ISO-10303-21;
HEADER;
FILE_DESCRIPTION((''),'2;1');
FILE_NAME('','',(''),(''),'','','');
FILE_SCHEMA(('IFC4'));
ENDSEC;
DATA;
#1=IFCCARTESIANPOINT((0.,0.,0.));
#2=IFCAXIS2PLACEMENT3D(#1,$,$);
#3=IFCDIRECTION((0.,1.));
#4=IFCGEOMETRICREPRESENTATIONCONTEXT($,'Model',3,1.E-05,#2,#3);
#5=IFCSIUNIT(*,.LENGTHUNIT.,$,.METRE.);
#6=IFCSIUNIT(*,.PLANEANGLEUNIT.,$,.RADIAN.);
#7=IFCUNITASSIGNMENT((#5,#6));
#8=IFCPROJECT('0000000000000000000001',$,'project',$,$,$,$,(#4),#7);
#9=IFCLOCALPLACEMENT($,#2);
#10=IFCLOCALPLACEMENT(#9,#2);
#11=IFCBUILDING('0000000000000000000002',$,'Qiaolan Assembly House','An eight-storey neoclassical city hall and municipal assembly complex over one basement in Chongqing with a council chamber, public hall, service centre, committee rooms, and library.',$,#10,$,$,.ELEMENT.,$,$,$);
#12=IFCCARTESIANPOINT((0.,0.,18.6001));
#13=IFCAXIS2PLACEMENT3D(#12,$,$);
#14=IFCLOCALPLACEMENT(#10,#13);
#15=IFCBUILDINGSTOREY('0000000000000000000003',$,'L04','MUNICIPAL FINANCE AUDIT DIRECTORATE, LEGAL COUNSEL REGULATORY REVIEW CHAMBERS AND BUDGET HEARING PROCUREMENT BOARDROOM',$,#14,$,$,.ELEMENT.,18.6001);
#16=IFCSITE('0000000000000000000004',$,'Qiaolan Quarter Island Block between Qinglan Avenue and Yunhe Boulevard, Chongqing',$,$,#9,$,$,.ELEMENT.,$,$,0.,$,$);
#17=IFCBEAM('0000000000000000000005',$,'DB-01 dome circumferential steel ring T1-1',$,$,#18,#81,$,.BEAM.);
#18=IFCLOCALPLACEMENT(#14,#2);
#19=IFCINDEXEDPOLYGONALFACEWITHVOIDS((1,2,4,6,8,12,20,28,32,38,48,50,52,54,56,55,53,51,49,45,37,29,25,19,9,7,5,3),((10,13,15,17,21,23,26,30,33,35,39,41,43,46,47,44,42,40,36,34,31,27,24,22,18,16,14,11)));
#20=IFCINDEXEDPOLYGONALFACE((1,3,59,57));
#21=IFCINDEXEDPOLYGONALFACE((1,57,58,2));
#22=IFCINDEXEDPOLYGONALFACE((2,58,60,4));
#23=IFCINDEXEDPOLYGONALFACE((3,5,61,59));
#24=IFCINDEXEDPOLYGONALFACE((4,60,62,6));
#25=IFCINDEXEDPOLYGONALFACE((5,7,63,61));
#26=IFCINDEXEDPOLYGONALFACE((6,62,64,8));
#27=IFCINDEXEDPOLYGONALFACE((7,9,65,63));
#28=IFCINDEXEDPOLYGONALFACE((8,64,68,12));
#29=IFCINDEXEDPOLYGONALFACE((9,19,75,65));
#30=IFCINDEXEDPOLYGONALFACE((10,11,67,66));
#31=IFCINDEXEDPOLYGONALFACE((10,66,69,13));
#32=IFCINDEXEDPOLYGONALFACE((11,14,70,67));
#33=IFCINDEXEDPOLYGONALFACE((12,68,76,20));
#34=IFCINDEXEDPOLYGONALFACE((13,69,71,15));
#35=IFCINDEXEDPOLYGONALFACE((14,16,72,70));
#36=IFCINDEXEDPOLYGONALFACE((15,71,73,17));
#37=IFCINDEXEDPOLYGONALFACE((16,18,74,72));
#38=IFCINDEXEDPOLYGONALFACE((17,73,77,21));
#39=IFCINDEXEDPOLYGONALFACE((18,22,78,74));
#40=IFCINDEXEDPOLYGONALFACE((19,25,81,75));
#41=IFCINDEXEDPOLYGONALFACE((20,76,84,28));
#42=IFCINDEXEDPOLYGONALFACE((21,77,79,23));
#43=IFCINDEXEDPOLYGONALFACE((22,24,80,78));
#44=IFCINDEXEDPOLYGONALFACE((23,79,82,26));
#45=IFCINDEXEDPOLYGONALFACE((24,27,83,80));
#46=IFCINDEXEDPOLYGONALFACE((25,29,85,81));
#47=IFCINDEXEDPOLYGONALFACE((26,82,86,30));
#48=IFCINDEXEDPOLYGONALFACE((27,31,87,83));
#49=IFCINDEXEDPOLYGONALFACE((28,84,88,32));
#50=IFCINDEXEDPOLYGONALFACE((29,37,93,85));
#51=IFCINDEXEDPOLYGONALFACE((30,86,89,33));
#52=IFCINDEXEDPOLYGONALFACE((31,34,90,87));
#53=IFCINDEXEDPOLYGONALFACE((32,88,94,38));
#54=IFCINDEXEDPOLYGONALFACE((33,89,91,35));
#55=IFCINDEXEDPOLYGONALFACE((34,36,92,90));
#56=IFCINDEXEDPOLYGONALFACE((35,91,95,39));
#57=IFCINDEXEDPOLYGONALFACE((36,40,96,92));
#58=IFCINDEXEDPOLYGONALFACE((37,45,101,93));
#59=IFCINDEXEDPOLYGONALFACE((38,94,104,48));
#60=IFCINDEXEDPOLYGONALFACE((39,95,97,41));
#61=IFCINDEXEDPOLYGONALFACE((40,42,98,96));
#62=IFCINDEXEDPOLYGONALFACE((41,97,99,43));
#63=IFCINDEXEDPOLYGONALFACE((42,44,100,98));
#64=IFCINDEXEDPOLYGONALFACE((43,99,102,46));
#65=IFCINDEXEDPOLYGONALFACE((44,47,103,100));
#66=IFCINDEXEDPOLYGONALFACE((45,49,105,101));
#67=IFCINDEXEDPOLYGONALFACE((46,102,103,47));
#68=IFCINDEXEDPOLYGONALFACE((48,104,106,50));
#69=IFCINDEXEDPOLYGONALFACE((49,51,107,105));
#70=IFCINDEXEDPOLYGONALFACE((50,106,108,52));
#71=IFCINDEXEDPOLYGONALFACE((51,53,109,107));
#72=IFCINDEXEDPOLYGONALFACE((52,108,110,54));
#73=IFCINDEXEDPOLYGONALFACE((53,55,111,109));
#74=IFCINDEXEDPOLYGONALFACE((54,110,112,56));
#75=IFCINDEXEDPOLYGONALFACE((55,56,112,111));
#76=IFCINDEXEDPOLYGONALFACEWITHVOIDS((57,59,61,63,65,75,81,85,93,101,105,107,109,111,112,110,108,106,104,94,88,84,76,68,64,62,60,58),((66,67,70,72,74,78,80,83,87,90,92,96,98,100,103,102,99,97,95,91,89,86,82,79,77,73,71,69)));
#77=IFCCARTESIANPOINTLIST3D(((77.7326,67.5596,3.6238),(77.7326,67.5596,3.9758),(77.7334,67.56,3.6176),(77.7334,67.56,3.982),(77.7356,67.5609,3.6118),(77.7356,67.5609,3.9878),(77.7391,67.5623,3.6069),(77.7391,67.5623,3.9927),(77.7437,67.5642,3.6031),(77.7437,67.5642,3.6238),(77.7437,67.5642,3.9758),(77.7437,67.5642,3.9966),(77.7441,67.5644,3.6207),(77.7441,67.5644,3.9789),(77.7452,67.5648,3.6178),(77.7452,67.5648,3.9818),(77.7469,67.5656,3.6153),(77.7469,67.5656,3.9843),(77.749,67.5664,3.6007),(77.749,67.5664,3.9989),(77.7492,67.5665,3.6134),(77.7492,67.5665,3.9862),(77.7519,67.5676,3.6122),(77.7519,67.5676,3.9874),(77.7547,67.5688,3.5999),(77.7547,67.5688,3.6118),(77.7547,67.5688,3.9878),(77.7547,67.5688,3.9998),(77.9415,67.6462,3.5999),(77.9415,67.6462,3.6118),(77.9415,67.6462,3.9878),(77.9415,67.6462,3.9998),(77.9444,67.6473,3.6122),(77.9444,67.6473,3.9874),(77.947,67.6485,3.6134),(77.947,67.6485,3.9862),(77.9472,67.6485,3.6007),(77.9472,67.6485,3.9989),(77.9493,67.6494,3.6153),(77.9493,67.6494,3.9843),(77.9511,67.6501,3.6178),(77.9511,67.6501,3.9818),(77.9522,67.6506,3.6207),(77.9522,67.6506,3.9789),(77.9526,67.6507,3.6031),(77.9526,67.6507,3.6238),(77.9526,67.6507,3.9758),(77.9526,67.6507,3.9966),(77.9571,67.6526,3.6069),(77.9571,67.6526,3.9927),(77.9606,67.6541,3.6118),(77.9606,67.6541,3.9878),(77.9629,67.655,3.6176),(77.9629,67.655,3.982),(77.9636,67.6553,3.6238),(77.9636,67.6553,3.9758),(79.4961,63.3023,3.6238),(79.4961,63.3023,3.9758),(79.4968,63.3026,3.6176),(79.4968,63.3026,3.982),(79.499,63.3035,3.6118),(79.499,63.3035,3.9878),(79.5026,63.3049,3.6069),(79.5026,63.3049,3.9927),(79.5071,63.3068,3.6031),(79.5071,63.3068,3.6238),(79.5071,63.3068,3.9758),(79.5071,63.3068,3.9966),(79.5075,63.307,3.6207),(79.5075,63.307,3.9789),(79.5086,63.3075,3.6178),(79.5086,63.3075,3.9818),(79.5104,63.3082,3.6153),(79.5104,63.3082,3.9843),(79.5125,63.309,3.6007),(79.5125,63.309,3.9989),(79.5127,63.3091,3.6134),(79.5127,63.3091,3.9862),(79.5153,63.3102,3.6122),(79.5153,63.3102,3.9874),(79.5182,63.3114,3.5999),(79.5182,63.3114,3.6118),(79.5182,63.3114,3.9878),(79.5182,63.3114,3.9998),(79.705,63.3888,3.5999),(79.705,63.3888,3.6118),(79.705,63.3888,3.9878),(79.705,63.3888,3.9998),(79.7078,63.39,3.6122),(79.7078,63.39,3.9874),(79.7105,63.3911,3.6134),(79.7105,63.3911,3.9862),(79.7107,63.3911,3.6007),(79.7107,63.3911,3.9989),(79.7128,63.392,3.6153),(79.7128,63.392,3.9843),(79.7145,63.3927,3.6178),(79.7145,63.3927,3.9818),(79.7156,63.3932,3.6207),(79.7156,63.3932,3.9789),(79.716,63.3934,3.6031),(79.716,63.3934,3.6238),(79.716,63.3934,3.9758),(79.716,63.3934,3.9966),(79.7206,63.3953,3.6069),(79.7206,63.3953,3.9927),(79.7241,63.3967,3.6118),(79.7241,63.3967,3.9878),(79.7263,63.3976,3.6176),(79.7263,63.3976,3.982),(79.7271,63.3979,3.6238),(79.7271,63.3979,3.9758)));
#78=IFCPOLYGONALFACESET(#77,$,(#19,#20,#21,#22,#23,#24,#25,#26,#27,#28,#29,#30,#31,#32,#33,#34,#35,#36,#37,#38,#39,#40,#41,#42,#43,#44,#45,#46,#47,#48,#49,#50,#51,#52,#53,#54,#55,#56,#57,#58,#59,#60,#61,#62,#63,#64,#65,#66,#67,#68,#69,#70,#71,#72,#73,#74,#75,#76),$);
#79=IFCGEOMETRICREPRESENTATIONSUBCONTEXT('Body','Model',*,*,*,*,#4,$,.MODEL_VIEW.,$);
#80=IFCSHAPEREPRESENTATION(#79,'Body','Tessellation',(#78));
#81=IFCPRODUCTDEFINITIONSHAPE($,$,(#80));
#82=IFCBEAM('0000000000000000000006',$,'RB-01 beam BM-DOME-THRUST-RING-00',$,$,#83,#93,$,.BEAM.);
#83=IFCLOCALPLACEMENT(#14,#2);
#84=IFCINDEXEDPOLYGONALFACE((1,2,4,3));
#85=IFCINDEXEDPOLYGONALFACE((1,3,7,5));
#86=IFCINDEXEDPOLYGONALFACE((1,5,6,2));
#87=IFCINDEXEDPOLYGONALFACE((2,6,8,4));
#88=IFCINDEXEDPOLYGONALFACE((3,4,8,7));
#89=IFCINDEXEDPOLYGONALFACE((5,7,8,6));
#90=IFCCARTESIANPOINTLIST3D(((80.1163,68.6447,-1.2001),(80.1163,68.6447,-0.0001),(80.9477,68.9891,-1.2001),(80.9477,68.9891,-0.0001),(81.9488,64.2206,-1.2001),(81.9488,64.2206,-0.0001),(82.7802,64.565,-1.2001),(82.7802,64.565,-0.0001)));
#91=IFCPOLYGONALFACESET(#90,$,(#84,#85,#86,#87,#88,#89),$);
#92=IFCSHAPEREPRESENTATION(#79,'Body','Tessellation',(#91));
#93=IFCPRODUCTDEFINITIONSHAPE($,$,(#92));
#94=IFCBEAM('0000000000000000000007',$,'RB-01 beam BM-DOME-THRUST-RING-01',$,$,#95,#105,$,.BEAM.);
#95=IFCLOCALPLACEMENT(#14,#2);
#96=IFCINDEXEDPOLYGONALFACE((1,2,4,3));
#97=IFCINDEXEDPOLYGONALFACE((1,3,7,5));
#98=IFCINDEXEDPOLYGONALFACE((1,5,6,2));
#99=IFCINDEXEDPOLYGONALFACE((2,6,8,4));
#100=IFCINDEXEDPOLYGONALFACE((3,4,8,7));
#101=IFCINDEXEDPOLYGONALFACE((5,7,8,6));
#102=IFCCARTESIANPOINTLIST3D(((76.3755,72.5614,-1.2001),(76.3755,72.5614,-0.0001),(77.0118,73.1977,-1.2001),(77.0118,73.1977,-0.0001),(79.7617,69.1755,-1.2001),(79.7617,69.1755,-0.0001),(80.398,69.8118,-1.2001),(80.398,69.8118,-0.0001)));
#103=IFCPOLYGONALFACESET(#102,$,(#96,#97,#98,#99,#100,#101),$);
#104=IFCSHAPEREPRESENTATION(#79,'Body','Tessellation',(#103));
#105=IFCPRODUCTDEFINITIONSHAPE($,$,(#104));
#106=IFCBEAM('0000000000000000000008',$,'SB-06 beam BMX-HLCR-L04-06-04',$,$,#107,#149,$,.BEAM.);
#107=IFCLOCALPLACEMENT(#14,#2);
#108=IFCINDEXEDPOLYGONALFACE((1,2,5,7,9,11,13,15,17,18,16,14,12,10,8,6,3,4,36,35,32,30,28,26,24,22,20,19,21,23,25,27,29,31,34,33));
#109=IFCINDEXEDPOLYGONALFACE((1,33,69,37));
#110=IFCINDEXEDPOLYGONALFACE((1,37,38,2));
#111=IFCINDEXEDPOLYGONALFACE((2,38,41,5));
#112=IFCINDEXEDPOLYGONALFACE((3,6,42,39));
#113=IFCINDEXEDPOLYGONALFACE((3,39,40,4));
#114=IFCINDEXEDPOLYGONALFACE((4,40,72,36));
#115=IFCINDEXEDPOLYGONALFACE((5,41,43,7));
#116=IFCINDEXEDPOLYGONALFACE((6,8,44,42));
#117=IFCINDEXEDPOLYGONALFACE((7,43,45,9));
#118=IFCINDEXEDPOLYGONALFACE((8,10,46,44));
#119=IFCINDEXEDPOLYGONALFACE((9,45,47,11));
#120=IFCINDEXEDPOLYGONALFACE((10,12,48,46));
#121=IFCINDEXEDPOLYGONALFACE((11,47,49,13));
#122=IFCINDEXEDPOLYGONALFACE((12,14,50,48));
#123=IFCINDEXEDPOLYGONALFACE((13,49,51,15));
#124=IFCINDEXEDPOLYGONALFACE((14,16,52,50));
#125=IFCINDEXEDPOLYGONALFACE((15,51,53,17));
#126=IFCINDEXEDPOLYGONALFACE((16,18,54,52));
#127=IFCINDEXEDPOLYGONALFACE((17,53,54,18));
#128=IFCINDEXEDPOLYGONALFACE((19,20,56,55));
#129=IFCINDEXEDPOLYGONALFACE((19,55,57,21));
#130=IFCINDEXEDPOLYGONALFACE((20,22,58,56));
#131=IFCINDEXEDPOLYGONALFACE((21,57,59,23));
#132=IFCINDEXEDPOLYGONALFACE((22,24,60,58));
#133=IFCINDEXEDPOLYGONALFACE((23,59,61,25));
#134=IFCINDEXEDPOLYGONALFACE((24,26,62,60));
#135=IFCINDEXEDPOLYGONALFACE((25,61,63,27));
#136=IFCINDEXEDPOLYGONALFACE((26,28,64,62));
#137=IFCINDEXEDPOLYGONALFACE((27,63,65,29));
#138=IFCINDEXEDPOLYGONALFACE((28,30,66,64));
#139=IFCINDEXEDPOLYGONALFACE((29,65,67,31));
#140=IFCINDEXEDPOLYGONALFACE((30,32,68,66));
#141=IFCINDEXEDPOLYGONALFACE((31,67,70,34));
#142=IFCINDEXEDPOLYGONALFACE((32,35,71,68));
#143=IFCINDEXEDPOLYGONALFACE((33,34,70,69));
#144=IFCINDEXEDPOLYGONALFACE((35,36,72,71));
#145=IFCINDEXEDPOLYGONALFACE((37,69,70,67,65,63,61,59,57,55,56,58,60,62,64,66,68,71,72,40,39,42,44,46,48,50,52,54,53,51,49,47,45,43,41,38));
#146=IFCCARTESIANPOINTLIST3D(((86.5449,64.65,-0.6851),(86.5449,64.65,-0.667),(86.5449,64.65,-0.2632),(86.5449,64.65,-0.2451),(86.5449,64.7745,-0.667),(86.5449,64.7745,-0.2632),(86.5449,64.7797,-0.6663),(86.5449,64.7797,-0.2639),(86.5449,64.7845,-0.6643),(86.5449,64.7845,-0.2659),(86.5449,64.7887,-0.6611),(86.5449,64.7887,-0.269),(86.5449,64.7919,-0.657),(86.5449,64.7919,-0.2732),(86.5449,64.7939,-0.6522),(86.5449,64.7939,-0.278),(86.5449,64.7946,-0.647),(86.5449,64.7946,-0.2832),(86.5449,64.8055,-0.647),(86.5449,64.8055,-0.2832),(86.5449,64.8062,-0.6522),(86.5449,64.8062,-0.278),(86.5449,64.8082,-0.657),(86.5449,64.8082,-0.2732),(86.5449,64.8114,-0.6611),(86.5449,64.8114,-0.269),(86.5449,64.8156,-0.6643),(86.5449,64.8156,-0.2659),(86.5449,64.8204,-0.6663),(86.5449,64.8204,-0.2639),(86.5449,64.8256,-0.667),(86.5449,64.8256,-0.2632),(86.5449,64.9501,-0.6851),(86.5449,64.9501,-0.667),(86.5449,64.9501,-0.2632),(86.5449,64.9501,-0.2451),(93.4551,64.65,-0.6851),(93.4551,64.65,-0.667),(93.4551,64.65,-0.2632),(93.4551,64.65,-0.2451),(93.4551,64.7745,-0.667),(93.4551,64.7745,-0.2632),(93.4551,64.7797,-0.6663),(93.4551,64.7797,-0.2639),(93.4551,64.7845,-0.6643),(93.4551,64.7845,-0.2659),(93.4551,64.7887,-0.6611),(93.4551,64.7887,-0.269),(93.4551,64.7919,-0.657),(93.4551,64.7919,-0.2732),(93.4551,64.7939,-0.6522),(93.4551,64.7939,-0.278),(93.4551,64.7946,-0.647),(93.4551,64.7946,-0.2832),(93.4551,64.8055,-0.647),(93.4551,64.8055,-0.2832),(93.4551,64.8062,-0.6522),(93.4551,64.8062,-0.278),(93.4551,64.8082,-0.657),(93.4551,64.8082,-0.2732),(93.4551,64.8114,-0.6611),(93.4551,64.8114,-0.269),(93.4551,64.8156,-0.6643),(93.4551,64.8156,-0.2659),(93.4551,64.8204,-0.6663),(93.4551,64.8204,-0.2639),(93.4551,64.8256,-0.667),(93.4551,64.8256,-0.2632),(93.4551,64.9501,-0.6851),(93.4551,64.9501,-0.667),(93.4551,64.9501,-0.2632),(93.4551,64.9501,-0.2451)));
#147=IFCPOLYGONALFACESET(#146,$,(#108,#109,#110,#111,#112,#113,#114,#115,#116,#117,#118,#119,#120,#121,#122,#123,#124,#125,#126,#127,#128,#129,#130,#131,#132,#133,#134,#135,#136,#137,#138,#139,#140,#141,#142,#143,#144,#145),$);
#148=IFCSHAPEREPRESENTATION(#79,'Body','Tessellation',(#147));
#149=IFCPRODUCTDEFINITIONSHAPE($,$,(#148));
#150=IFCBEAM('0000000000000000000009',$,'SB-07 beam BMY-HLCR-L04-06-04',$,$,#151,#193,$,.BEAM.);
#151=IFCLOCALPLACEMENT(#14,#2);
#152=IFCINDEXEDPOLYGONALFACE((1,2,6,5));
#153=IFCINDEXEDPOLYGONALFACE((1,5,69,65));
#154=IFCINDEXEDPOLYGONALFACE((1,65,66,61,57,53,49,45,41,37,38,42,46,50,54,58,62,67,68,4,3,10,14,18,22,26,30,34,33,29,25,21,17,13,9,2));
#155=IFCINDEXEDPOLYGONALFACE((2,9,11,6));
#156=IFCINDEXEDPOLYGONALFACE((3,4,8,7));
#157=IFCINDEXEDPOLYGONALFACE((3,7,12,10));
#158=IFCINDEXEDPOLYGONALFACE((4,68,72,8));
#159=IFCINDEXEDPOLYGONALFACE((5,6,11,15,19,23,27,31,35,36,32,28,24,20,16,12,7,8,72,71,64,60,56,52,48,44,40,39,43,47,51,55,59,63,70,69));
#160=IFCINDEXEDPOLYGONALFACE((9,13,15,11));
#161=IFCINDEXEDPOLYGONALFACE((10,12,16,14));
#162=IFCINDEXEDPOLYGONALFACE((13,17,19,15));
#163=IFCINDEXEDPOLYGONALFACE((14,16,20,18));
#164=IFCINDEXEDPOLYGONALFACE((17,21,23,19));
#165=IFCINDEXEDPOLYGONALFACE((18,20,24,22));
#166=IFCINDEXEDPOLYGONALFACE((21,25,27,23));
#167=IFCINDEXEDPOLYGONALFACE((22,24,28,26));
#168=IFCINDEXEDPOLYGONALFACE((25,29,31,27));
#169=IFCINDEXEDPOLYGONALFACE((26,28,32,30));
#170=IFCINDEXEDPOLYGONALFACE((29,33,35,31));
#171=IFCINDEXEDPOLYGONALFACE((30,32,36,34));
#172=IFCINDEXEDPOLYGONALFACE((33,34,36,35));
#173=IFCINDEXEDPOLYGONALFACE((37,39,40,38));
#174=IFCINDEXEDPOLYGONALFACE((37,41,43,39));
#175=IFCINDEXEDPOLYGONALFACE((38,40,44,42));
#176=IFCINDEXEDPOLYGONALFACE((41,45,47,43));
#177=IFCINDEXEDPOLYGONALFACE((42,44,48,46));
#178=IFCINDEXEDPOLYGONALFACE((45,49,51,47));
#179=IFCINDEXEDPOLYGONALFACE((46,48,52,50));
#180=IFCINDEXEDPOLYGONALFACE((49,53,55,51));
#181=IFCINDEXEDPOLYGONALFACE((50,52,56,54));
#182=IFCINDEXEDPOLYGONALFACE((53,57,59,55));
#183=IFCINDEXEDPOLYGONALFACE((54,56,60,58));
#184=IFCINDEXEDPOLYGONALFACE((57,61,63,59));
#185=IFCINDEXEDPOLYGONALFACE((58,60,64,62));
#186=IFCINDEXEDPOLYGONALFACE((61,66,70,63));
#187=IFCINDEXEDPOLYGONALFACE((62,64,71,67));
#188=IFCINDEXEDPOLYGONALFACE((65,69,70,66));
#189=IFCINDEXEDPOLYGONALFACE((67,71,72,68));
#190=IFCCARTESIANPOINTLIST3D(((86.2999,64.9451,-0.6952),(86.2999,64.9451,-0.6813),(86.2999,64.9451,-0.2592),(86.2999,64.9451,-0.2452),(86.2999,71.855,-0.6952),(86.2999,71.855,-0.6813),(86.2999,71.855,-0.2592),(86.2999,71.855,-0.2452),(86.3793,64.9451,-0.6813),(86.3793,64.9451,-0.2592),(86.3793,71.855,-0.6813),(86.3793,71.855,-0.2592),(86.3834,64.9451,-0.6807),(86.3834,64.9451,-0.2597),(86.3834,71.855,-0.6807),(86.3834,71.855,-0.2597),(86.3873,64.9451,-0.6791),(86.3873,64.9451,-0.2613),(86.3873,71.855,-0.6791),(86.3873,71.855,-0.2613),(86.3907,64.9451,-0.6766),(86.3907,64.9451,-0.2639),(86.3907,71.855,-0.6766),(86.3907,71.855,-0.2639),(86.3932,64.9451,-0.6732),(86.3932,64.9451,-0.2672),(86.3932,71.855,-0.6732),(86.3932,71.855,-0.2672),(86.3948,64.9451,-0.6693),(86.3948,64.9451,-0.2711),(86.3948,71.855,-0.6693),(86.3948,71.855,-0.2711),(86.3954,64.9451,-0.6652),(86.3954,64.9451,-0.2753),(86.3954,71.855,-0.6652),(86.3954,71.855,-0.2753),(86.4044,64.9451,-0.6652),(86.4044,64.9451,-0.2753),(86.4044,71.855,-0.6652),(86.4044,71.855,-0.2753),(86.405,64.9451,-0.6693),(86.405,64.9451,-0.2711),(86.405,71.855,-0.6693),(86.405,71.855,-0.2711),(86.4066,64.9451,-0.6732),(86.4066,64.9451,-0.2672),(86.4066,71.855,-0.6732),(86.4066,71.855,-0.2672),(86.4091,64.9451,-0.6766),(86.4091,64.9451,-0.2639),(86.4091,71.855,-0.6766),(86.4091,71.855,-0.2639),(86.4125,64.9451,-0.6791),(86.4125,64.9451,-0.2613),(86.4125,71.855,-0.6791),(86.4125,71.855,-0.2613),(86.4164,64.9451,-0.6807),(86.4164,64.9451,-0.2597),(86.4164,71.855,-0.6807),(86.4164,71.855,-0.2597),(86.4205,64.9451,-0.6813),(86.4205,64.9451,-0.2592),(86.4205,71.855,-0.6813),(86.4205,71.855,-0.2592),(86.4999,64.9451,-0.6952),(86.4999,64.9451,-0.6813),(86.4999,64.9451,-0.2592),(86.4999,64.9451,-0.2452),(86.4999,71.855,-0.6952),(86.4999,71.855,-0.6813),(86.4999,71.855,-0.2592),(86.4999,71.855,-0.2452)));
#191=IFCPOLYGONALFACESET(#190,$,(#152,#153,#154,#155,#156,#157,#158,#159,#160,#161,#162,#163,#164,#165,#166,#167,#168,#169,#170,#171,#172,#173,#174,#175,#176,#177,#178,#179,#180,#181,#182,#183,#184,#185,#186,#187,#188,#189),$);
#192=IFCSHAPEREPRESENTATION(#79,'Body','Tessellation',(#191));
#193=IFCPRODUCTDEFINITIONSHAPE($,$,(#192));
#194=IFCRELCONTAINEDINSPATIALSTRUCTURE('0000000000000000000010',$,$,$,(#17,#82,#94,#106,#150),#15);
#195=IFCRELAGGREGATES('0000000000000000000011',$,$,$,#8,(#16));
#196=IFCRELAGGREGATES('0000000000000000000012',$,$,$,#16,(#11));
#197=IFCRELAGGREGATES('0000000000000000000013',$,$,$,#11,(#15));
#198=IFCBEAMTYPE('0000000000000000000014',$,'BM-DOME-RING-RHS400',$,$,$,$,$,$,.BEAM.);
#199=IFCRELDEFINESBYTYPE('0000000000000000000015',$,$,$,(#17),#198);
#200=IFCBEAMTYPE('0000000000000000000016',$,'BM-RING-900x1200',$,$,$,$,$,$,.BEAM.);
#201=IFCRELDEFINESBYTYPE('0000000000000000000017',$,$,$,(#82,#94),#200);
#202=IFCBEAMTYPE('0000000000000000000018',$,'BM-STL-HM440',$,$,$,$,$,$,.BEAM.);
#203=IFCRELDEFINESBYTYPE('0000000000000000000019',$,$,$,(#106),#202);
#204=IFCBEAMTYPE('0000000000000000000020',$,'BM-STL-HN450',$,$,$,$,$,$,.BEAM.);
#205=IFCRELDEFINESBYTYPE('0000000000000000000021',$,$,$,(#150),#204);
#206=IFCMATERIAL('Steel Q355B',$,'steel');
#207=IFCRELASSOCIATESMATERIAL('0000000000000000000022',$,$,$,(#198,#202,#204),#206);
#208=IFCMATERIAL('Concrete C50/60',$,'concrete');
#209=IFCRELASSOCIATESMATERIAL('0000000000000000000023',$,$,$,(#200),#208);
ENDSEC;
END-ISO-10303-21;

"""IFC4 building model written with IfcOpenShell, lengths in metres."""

from ifc_helpers import new_model, si_unit, direction, frame, origin, origin_2d, place, context, subcontext, project, spatial, rectangle, hollow_rectangle, i_section, extrude, material, material_profile, profile_set, type_object, element, save


model = new_model("IFC4")

# Units and contexts
model_context = context("Model", 3, precision=1e-05, world=origin(), true_north=direction((0.0, 1.0)))
body_context = subcontext(model_context, "Body", "Model", "MODEL_VIEW")
ifc_project = project(units=[si_unit("LENGTHUNIT", "METRE"), si_unit("PLANEANGLEUNIT", "RADIAN")], contexts=[model_context])

# Site, building, storey
site_placement = place(None, origin())
site = spatial("IfcSite", under=ifc_project, at=site_placement, Name="Qiaolan Quarter Island Block between Qinglan Avenue and Yunhe Boulevard, Chongqing", CompositionType="ELEMENT", RefElevation=0.0)
building_placement = place(site_placement, origin())
building = spatial("IfcBuilding", under=site, at=building_placement, Name="Qiaolan Assembly House", Description="An eight-storey neoclassical city hall and municipal assembly complex over one basement in Chongqing with a council chamber, public hall, service centre, committee rooms, and library.", CompositionType="ELEMENT")
storey_placement = place(building_placement, frame((0.0, 0.0, 18.6001)))
storey = spatial("IfcBuildingStorey", under=building, at=storey_placement, Name="L04", Description="MUNICIPAL FINANCE AUDIT DIRECTORATE, LEGAL COUNSEL REGULATORY REVIEW CHAMBERS AND BUDGET HEARING PROCUREMENT BOARDROOM", CompositionType="ELEMENT", Elevation=18.6001)

# Beams
ifc_material_1 = material(Name="Steel Q355B", Category="steel")
ifc_material_profile_1 = material_profile(ifc_material_1, hollow_rectangle(XDim=0.25, YDim=0.3999, WallThickness=0.012, InnerFilletRadius=0.012, OuterFilletRadius=0.0239, at=origin_2d()), Name="RHS 400x250x12")
ifc_profile_set_1 = profile_set([ifc_material_profile_1], Name="Steel Q355B")
beam_type_1 = type_object("IfcBeamType", Name="BM-DOME-RING-RHS400", PredefinedType="BEAM", material=ifc_profile_set_1)
beam_1_placement = place(storey_placement, frame((79.6116, 63.3501, 3.7998), z_axis=(-0.382681, 0.923881, 0.0), x_axis=(-0.923881, -0.382681, 0.0)))
element("IfcBeam", 1, at=beam_1_placement, inside=storey, type_object=beam_type_1, Name="DB-01 dome circumferential steel ring T1-1", PredefinedType="BEAM", context=body_context, shape_type="SweptSolid", body=[
    extrude(hollow_rectangle(XDim=0.25, YDim=0.3999, WallThickness=0.012, InnerFilletRadius=0.012, OuterFilletRadius=0.0239, at=origin_2d()), origin(), (0.0, 0.0, 1.0), 4.6082),
])
ifc_material_2 = material(Name="Concrete C50/60", Category="concrete")
ifc_material_profile_2 = material_profile(ifc_material_2, rectangle(XDim=0.8999, YDim=1.2, at=origin_2d()), Name="RCB 900x1200")
ifc_profile_set_2 = profile_set([ifc_material_profile_2], Name="Concrete C50/60")
beam_type_2 = type_object("IfcBeamType", Name="BM-RING-900x1200", PredefinedType="BEAM", material=ifc_profile_set_2)
for number, where, z_axis, x_axis, name in (
    (2, (82.3645, 64.3928, -0.6001), (-0.382685, 0.923879, 0.0), (-0.923879, -0.382685, 0.0), "RB-01 beam BM-DOME-THRUST-RING-00"),
    (3, (80.0798, 69.4937, -0.6001), (-0.707132, 0.707081, 0.0), (-0.707081, -0.707132, 0.0), "RB-01 beam BM-DOME-THRUST-RING-01"),
):
    element("IfcBeam", number, at=place(storey_placement, frame(where, z_axis=z_axis, x_axis=x_axis)), inside=storey, type_object=beam_type_2, Name=name, PredefinedType="BEAM", context=body_context, shape_type="SweptSolid", body=[
        extrude(rectangle(XDim=0.8999, YDim=1.2, at=origin_2d()), origin(), (0.0, 0.0, 1.0), 4.7886),
    ])
ifc_material_profile_3 = material_profile(ifc_material_1, i_section(OverallWidth=0.3, OverallDepth=0.4399, WebThickness=0.011, FlangeThickness=0.0181, FilletRadius=0.02, at=origin_2d()), Name="HM 440x300x11x18")
ifc_profile_set_3 = profile_set([ifc_material_profile_3], Name="Steel Q355B")
beam_type_3 = type_object("IfcBeamType", Name="BM-STL-HM440", PredefinedType="BEAM", material=ifc_profile_set_3)
beam_2_placement = place(storey_placement, frame((86.5449, 64.8, -0.4651), z_axis=(1.0, 0.0, 0.0), x_axis=(0.0, 1.0, 0.0)))
element("IfcBeam", 4, at=beam_2_placement, inside=storey, type_object=beam_type_3, Name="SB-06 beam BMX-HLCR-L04-06-04", PredefinedType="BEAM", context=body_context, shape_type="SweptSolid", body=[
    extrude(i_section(OverallWidth=0.3, OverallDepth=0.4399, WebThickness=0.011, FlangeThickness=0.0181, FilletRadius=0.02, at=origin_2d()), origin(), (0.0, 0.0, 1.0), 6.9102),
])
ifc_material_profile_4 = material_profile(ifc_material_1, i_section(OverallWidth=0.2, OverallDepth=0.45, WebThickness=0.009, FlangeThickness=0.0139, FilletRadius=0.0161, at=origin_2d()), Name="HN 450x200x9x14")
ifc_profile_set_4 = profile_set([ifc_material_profile_4], Name="Steel Q355B")
beam_type_4 = type_object("IfcBeamType", Name="BM-STL-HN450", PredefinedType="BEAM", material=ifc_profile_set_4)
beam_3_placement = place(storey_placement, frame((86.3999, 64.9451, -0.4702), z_axis=(0.0, 1.0, 0.0), x_axis=(-1.0, 0.0, 0.0)))
element("IfcBeam", 5, at=beam_3_placement, inside=storey, type_object=beam_type_4, Name="SB-07 beam BMY-HLCR-L04-06-04", PredefinedType="BEAM", context=body_context, shape_type="SweptSolid", body=[
    extrude(i_section(OverallWidth=0.2, OverallDepth=0.45, WebThickness=0.009, FlangeThickness=0.0139, FilletRadius=0.0161, at=origin_2d()), origin(), (0.0, 0.0, 1.0), 6.9099),
])

save(model, "model.ifc")
